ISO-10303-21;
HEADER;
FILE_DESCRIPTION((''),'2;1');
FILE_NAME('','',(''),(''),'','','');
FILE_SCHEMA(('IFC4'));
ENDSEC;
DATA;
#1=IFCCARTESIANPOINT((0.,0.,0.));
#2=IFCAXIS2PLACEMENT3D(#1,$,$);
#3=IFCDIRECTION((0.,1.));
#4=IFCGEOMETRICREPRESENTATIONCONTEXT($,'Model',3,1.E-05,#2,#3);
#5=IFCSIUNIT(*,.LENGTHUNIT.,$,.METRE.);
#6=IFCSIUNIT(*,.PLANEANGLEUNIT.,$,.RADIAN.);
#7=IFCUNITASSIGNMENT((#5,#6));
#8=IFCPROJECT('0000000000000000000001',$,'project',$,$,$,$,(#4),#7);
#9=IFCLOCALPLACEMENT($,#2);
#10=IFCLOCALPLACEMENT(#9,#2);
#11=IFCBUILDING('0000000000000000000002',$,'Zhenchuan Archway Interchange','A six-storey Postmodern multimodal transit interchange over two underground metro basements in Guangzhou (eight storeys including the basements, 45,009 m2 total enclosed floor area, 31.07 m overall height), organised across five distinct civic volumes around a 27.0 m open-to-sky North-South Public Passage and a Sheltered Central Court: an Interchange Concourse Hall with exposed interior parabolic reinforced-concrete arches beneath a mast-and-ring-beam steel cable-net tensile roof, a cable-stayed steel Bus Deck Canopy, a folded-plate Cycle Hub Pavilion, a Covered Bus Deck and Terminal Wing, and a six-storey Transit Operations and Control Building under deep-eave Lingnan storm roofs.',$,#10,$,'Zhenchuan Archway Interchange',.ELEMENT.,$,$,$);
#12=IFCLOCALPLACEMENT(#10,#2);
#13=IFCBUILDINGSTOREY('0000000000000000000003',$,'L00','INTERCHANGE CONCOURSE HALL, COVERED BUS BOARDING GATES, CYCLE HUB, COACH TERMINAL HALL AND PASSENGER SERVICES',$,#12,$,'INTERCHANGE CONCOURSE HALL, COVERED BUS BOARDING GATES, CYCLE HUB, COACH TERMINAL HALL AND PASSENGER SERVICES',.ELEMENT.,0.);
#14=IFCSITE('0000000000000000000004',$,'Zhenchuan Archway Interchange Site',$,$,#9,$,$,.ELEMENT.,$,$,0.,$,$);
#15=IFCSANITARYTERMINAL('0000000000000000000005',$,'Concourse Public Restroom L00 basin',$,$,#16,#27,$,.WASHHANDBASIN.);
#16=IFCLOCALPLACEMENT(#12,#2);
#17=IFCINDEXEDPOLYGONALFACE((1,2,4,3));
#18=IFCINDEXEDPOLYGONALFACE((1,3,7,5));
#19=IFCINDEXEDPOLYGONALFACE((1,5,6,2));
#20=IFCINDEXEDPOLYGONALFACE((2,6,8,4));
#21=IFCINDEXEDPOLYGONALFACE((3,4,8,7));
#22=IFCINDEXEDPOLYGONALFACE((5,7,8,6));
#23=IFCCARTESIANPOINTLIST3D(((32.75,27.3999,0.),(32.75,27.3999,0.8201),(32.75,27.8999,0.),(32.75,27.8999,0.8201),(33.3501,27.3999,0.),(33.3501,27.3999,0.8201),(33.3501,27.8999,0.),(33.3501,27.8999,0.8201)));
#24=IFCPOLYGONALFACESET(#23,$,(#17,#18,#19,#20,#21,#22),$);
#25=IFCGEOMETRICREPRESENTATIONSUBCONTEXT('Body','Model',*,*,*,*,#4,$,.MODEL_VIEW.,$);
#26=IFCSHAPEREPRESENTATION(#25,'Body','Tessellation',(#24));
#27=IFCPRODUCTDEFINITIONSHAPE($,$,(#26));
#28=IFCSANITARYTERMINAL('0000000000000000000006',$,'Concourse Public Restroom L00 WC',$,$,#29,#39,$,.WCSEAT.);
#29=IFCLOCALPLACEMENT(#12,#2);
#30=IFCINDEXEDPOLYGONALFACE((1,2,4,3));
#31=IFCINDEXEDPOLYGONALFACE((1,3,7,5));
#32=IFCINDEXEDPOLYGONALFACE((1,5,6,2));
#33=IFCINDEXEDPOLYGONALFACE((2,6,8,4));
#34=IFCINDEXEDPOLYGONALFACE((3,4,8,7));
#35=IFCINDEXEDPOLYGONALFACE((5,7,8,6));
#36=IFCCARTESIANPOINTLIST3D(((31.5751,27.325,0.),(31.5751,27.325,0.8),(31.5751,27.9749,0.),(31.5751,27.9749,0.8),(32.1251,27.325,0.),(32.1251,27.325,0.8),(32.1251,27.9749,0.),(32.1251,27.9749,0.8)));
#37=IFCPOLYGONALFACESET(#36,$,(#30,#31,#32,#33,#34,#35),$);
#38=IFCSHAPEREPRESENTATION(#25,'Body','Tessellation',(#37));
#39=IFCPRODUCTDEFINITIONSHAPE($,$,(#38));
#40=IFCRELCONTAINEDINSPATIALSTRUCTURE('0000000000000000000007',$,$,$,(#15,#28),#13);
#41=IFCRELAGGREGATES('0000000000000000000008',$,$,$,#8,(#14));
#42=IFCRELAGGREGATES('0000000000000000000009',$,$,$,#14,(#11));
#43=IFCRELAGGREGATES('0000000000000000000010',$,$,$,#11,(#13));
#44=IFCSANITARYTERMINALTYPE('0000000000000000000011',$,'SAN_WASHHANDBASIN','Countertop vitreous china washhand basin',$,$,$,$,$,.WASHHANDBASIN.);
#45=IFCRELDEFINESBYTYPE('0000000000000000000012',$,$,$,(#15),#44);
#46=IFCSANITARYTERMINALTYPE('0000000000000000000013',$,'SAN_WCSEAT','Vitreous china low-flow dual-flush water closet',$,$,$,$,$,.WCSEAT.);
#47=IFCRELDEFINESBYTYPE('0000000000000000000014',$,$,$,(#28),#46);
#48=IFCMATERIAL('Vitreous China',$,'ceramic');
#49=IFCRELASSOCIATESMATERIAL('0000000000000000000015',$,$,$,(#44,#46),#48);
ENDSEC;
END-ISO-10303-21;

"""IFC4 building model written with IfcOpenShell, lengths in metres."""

from ifc_helpers import new_model, si_unit, direction, frame, origin, origin_2d, place, context, subcontext, project, spatial, rectangle, extrude, material, type_object, element, save


model = new_model("IFC4")

# Units and contexts
model_context = context("Model", 3, precision=1e-05, world=origin(), true_north=direction((0.0, 1.0)))
body_context = subcontext(model_context, "Body", "Model", "MODEL_VIEW")
ifc_project = project(units=[si_unit("LENGTHUNIT", "METRE"), si_unit("PLANEANGLEUNIT", "RADIAN")], contexts=[model_context])

# Site, building, storey
site_placement = place(None, origin())
site = spatial("IfcSite", under=ifc_project, at=site_placement, Name="Zhenchuan Archway Interchange Site", CompositionType="ELEMENT", RefElevation=0.0)
building_placement = place(site_placement, origin())
building = spatial("IfcBuilding", under=site, at=building_placement, Name="Zhenchuan Archway Interchange", Description="A six-storey Postmodern multimodal transit interchange over two underground metro basements in Guangzhou (eight storeys including the basements, 45,009 m2 total enclosed floor area, 31.07 m overall height), organised across five distinct civic volumes around a 27.0 m open-to-sky North-South Public Passage and a Sheltered Central Court: an Interchange Concourse Hall with exposed interior parabolic reinforced-concrete arches beneath a mast-and-ring-beam steel cable-net tensile roof, a cable-stayed steel Bus Deck Canopy, a folded-plate Cycle Hub Pavilion, a Covered Bus Deck and Terminal Wing, and a six-storey Transit Operations and Control Building under deep-eave Lingnan storm roofs.", LongName="Zhenchuan Archway Interchange", CompositionType="ELEMENT")
storey_placement = place(building_placement, origin())
storey = spatial("IfcBuildingStorey", under=building, at=storey_placement, Name="L00", Description="INTERCHANGE CONCOURSE HALL, COVERED BUS BOARDING GATES, CYCLE HUB, COACH TERMINAL HALL AND PASSENGER SERVICES", LongName="INTERCHANGE CONCOURSE HALL, COVERED BUS BOARDING GATES, CYCLE HUB, COACH TERMINAL HALL AND PASSENGER SERVICES", CompositionType="ELEMENT", Elevation=0.0)

# Sanitary terminals
ifc_material_1 = material(Name="Vitreous China", Category="ceramic")
sanitary_terminal_type_1 = type_object("IfcSanitaryTerminalType", Name="SAN_WASHHANDBASIN", Description="Countertop vitreous china washhand basin", PredefinedType="WASHHANDBASIN", material=ifc_material_1)
sanitary_terminal_1_placement = place(storey_placement, frame((33.05, 27.6499, 0.0), z_axis=(0.0, 0.0, 1.0), x_axis=(1.0, 0.0, 0.0)))
element("IfcSanitaryTerminal", 1, at=sanitary_terminal_1_placement, inside=storey, type_object=sanitary_terminal_type_1, Name="Concourse Public Restroom L00 basin", PredefinedType="WASHHANDBASIN", context=body_context, shape_type="SweptSolid", body=[
    extrude(rectangle(XDim=0.6001, YDim=0.5, at=origin_2d()), origin(), (0.0, 0.0, 1.0), 0.8201),
])
sanitary_terminal_type_2 = type_object("IfcSanitaryTerminalType", Name="SAN_WCSEAT", Description="Vitreous china low-flow dual-flush water closet", PredefinedType="WCSEAT", material=ifc_material_1)
sanitary_terminal_2_placement = place(storey_placement, frame((31.8501, 27.6499, 0.0), z_axis=(0.0, 0.0, 1.0), x_axis=(1.0, 0.0, 0.0)))
element("IfcSanitaryTerminal", 2, at=sanitary_terminal_2_placement, inside=storey, type_object=sanitary_terminal_type_2, Name="Concourse Public Restroom L00 WC", PredefinedType="WCSEAT", context=body_context, shape_type="SweptSolid", body=[
    extrude(rectangle(XDim=0.55, YDim=0.6499, at=origin_2d()), origin(), (0.0, 0.0, 1.0), 0.8),
])

save(model, "model.ifc")
